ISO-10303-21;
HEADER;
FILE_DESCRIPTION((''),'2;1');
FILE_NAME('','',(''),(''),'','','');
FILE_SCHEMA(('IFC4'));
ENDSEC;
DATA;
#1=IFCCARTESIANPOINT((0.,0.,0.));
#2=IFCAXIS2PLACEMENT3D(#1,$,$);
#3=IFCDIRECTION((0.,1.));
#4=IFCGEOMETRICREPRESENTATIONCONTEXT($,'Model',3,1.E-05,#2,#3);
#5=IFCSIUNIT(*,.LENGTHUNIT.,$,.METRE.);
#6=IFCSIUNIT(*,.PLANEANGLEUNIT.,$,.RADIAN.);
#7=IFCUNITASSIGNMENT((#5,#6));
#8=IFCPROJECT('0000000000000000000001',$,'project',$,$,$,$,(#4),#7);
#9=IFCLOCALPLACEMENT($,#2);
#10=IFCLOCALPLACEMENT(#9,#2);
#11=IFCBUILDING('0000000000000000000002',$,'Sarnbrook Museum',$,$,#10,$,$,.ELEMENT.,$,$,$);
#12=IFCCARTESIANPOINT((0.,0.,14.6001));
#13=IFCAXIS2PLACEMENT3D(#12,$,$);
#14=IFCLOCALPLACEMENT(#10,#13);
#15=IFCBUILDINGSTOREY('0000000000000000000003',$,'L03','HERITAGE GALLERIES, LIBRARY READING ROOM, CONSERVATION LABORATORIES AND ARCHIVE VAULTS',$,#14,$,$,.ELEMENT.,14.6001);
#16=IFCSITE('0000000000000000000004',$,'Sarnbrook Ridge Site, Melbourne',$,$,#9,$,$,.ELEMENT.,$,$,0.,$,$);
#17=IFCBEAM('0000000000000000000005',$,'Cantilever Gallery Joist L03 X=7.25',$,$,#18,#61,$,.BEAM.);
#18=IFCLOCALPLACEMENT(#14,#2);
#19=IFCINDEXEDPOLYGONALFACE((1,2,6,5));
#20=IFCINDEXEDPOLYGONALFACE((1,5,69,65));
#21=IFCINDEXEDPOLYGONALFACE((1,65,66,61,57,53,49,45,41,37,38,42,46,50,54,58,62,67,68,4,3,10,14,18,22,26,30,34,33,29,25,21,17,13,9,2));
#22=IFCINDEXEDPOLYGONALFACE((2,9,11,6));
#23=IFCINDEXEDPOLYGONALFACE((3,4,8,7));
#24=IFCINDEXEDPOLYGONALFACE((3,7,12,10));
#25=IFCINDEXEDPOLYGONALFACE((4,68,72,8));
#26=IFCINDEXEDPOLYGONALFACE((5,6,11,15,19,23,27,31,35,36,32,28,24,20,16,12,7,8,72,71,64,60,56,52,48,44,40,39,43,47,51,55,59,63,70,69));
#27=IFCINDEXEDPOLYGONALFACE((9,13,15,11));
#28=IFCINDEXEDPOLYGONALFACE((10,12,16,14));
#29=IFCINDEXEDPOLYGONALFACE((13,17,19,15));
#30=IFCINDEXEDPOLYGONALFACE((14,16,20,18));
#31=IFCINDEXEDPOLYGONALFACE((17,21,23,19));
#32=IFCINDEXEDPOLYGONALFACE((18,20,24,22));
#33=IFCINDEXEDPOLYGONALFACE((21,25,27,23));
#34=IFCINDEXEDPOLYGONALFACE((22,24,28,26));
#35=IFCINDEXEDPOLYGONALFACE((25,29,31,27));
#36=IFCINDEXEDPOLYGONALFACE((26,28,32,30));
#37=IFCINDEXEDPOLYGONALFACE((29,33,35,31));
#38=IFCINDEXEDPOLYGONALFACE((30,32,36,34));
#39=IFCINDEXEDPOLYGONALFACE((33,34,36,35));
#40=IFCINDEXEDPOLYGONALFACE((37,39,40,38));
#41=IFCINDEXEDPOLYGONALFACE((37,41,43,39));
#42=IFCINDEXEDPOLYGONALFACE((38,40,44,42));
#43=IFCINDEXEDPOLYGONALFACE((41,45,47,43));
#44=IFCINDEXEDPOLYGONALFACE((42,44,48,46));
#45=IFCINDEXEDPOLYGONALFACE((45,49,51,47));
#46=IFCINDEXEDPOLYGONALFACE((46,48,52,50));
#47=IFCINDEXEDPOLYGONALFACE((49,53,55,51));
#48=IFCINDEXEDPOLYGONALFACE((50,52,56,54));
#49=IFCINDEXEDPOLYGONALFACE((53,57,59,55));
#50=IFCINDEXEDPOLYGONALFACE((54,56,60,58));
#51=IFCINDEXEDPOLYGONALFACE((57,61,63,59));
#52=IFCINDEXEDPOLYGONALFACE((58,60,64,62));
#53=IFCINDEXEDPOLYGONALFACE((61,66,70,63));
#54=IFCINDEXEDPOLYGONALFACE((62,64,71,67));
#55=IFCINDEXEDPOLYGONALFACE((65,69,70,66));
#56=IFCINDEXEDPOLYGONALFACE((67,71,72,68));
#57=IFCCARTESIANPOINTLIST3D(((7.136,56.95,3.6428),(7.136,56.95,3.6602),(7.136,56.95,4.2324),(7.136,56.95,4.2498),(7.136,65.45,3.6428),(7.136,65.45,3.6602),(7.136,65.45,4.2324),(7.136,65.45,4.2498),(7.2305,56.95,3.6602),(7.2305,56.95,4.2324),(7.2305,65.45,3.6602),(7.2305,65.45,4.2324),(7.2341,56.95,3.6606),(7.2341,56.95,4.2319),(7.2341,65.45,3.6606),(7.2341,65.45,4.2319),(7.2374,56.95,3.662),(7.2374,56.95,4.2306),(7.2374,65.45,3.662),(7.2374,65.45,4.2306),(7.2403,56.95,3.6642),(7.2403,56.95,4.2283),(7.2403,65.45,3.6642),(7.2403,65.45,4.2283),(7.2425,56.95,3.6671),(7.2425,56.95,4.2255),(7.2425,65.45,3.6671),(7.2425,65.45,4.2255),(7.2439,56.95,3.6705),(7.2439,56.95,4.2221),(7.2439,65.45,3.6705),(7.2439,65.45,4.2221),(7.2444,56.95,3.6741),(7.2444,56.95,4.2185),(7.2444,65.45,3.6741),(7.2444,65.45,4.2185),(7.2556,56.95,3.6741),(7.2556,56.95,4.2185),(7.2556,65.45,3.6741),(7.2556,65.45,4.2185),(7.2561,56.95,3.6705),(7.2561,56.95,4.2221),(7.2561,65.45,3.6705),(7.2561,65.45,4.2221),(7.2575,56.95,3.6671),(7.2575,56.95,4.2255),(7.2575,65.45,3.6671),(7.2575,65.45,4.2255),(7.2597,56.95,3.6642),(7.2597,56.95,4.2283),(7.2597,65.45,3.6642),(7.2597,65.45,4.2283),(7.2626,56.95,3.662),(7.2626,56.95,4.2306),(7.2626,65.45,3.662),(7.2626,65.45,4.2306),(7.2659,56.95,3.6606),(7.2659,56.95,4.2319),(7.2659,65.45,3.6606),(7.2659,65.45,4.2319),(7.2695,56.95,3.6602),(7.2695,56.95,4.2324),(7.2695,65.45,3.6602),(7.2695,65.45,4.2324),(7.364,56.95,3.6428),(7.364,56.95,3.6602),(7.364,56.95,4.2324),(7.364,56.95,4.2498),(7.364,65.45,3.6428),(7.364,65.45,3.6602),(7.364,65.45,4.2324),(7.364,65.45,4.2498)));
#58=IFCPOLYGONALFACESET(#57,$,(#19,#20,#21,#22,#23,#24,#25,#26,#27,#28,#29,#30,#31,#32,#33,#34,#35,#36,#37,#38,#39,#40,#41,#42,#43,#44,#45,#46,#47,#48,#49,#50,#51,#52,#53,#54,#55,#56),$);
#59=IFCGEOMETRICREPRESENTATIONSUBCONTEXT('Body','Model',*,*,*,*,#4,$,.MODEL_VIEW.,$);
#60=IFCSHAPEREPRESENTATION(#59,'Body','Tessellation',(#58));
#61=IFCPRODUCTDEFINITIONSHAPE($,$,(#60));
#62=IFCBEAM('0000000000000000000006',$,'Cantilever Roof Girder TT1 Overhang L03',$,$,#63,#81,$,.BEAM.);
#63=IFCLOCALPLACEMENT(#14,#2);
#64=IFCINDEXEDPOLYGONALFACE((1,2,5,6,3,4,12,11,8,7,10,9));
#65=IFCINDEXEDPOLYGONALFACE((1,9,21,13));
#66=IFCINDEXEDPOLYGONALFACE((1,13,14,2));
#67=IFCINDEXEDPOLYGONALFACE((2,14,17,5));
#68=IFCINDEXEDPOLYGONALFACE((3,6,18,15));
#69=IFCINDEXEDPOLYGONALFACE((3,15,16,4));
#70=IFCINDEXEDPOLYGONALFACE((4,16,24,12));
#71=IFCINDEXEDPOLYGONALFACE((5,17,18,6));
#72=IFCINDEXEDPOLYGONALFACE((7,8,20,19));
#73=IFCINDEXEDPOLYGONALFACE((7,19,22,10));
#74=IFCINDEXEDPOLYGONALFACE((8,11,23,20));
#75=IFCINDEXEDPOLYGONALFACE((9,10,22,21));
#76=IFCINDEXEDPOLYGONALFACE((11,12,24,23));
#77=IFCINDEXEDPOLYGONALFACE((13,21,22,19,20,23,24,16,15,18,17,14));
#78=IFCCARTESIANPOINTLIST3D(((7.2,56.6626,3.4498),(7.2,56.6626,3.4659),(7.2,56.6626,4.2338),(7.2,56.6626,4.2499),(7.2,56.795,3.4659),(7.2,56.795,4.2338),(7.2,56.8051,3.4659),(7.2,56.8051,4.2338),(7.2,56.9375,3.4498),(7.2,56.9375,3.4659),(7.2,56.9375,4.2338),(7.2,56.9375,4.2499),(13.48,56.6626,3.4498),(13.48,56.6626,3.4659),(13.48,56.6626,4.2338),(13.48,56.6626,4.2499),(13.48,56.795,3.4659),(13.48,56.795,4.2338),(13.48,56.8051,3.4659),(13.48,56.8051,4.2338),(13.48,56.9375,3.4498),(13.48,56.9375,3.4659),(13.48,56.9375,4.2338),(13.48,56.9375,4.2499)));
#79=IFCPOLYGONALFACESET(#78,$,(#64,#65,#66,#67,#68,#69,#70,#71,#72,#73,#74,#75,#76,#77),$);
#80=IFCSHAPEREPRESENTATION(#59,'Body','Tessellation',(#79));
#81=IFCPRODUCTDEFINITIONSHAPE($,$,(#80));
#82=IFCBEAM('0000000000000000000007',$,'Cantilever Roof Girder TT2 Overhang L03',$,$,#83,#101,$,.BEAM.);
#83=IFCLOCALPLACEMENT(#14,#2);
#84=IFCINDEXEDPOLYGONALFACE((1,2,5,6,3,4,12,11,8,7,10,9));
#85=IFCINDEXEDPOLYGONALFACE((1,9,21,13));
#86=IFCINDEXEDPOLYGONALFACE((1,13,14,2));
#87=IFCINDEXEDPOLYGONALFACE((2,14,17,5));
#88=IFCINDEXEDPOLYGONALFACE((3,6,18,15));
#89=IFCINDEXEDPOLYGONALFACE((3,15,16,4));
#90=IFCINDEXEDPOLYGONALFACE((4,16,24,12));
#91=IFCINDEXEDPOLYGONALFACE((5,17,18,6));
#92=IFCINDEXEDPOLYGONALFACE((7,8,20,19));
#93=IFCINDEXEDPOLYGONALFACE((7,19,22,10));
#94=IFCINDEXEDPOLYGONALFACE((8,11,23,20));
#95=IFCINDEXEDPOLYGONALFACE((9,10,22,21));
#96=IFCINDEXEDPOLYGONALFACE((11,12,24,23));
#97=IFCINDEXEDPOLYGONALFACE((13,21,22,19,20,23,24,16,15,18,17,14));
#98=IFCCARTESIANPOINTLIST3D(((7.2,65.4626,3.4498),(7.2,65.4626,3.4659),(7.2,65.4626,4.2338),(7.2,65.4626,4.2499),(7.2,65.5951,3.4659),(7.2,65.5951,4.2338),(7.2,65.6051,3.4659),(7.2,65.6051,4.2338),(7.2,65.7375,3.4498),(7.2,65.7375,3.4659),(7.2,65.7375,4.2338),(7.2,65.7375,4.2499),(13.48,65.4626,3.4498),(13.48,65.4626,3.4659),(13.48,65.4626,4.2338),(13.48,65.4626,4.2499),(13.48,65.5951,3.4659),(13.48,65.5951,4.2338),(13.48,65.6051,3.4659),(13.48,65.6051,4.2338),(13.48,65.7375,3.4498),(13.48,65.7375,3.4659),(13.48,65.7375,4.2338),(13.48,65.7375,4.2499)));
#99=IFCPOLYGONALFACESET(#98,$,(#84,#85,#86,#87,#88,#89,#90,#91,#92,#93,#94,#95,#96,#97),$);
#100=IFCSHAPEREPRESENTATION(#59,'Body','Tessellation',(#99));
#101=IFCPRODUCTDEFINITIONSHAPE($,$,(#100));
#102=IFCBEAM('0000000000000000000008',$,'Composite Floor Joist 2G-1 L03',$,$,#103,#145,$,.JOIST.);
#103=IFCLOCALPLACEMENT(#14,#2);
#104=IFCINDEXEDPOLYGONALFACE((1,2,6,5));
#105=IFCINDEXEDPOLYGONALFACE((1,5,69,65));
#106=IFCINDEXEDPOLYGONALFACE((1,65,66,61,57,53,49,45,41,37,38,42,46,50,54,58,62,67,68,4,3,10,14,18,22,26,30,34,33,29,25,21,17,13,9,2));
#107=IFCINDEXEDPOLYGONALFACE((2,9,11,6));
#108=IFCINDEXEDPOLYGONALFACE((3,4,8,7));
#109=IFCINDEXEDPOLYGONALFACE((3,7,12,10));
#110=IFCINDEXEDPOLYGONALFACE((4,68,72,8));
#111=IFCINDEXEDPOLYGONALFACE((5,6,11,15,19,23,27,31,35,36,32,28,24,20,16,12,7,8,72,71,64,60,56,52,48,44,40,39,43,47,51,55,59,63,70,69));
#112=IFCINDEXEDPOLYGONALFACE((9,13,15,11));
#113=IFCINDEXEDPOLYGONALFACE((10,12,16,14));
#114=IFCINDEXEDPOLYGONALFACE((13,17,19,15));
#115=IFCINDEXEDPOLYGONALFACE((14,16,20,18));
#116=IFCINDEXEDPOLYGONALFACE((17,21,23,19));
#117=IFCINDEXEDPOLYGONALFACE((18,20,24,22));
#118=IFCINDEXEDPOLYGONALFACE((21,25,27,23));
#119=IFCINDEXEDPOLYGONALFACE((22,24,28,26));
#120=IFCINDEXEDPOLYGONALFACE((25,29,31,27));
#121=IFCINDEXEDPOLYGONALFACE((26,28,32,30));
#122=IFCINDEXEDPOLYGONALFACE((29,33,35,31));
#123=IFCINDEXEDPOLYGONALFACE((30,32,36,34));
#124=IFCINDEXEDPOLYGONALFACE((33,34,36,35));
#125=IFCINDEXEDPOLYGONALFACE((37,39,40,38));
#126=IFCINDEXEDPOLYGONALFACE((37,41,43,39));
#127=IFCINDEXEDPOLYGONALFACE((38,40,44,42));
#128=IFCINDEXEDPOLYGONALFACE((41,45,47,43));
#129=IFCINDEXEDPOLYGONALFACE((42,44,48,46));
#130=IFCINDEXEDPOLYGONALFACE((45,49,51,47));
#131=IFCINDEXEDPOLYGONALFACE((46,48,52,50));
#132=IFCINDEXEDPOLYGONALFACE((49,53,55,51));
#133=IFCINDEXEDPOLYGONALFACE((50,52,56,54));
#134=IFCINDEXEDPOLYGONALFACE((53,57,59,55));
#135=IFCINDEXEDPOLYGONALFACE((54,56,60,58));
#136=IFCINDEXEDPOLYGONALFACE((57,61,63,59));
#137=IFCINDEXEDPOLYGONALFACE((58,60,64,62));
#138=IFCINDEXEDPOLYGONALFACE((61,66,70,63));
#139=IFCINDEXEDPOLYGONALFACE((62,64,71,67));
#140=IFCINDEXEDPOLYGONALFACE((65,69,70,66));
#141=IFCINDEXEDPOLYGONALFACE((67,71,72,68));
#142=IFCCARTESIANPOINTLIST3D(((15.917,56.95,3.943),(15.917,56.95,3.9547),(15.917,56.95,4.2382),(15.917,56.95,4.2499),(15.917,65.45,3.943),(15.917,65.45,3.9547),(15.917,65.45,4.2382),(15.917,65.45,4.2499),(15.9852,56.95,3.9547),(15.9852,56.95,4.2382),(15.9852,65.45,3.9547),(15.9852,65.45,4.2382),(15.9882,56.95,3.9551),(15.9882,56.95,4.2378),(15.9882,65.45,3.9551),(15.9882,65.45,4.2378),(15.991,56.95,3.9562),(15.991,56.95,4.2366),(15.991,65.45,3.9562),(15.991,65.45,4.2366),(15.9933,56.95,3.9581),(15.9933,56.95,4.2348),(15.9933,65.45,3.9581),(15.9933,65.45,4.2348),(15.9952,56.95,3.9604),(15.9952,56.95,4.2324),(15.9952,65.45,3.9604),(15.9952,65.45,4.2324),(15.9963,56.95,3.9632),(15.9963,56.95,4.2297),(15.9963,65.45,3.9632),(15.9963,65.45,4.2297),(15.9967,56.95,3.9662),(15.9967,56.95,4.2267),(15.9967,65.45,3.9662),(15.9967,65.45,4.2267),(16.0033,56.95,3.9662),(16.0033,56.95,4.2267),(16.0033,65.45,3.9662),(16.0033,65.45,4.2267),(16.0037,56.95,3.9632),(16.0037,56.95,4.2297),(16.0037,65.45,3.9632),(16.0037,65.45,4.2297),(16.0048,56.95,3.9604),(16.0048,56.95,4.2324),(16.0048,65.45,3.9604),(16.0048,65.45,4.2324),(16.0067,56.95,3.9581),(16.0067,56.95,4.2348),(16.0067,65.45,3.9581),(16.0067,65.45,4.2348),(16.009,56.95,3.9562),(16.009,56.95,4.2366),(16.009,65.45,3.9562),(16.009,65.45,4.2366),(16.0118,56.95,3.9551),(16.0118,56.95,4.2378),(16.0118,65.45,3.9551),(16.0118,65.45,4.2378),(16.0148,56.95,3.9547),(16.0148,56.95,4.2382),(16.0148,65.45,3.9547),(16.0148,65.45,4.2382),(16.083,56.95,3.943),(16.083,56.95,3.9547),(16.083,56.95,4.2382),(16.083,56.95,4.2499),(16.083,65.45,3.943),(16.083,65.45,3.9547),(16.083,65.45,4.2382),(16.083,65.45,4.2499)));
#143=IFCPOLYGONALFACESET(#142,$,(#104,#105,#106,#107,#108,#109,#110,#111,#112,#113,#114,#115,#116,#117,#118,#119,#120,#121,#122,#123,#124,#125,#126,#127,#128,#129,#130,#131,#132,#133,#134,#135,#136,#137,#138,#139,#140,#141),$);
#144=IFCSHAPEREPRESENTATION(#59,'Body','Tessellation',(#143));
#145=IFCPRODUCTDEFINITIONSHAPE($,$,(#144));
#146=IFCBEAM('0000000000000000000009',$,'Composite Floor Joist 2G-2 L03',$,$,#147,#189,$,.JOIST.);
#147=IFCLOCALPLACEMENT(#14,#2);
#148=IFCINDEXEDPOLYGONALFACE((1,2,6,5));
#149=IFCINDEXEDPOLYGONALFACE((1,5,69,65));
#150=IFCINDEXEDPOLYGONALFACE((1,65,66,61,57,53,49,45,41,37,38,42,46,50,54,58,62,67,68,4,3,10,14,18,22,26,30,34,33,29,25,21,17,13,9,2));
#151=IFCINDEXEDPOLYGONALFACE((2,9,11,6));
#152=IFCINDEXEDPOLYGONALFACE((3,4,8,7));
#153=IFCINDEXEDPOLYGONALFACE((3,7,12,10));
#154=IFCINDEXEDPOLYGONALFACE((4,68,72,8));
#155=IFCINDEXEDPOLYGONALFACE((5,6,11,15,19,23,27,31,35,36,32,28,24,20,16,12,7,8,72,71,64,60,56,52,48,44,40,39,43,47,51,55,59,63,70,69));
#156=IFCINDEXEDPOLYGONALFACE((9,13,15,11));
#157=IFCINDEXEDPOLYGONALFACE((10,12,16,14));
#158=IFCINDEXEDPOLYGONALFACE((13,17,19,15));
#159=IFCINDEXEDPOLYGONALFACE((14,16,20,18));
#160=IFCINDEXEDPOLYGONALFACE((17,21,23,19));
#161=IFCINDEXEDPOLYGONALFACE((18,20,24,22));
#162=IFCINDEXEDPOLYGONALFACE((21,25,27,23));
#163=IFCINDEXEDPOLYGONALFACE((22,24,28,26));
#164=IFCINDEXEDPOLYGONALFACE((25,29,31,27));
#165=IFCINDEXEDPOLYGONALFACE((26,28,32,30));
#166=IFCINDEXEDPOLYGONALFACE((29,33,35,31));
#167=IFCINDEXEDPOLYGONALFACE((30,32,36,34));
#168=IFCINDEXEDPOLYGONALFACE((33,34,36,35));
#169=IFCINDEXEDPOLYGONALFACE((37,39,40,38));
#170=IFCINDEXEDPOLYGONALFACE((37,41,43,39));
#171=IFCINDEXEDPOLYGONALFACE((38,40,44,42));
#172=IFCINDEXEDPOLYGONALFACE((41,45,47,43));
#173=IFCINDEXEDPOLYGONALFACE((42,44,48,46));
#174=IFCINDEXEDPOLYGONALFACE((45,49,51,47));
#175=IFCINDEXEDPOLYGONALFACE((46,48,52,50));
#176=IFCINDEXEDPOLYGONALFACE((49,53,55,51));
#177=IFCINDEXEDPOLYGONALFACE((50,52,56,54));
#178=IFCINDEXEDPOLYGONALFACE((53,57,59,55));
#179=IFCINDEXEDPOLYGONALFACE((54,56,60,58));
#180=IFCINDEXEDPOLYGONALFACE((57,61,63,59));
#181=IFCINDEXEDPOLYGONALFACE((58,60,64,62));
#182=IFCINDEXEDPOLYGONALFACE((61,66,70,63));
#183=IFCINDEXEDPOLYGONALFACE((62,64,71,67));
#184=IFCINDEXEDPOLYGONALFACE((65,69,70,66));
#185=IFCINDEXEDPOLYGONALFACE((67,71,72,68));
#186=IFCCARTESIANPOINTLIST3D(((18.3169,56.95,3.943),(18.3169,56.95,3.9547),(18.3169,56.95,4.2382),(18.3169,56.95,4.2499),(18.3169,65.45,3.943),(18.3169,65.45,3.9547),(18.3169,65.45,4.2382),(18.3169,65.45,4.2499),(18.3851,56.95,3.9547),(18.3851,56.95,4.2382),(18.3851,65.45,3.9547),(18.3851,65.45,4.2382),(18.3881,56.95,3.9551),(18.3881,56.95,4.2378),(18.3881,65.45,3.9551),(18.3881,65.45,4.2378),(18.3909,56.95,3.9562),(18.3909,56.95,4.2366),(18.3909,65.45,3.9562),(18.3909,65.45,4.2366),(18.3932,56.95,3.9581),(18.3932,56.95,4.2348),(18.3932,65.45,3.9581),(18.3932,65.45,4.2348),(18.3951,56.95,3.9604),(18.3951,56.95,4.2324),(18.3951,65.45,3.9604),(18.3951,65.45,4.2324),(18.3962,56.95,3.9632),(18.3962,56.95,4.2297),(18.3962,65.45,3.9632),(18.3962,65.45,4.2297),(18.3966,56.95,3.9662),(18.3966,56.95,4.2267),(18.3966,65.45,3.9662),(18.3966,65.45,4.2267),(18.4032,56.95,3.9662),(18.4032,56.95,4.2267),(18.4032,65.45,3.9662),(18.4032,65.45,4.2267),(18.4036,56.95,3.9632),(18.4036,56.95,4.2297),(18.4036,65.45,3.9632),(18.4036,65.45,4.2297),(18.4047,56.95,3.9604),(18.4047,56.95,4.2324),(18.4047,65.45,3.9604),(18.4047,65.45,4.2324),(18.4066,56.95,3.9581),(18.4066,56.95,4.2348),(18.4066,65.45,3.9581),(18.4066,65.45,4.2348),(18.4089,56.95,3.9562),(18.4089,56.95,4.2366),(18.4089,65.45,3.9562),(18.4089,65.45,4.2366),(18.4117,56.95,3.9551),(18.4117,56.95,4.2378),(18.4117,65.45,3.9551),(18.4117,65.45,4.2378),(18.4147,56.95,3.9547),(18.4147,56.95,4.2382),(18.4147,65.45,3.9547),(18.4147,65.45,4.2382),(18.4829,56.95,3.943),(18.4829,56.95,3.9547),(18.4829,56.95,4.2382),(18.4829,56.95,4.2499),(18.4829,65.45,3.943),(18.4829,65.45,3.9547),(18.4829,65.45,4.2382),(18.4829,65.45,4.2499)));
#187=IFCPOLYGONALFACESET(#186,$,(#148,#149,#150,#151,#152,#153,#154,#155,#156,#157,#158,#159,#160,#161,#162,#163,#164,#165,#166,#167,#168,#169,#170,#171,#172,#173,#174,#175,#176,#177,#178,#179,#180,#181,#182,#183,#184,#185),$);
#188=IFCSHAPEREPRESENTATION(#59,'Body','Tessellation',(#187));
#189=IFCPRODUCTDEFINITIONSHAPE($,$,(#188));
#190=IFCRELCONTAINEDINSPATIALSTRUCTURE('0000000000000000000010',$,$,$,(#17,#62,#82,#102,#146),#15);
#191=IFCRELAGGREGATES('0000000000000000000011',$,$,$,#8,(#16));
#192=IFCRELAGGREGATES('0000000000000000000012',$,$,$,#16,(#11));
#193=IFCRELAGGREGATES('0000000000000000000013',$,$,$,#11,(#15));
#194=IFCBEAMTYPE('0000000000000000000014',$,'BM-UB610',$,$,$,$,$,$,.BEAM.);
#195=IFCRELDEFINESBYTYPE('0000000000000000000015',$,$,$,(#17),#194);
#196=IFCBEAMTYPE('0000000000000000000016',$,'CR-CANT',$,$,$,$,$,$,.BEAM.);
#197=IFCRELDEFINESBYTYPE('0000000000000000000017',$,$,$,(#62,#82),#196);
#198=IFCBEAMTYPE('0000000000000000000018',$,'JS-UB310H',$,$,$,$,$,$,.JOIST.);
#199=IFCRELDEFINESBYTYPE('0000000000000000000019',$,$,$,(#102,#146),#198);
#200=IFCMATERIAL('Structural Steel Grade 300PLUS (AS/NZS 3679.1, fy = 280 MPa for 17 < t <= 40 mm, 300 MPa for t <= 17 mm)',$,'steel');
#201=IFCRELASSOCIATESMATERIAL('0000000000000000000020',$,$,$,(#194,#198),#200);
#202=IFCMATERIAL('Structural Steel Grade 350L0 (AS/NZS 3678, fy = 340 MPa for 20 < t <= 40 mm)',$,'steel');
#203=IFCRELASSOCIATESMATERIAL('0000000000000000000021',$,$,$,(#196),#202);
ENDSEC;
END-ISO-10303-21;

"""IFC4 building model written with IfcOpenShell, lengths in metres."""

from ifc_helpers import new_model, si_unit, direction, frame, origin, origin_2d, place, context, subcontext, project, spatial, i_section, extrude, material, material_profile, profile_set, type_object, element, save


model = new_model("IFC4")

# Units and contexts
model_context = context("Model", 3, precision=1e-05, world=origin(), true_north=direction((0.0, 1.0)))
body_context = subcontext(model_context, "Body", "Model", "MODEL_VIEW")
ifc_project = project(units=[si_unit("LENGTHUNIT", "METRE"), si_unit("PLANEANGLEUNIT", "RADIAN")], contexts=[model_context])

# Site, building, storey
site_placement = place(None, origin())
site = spatial("IfcSite", under=ifc_project, at=site_placement, Name="Sarnbrook Ridge Site, Melbourne", CompositionType="ELEMENT", RefElevation=0.0)
building_placement = place(site_placement, origin())
building = spatial("IfcBuilding", under=site, at=building_placement, Name="Sarnbrook Museum", CompositionType="ELEMENT")
storey_placement = place(building_placement, frame((0.0, 0.0, 14.6001)))
storey = spatial("IfcBuildingStorey", under=building, at=storey_placement, Name="L03", Description="HERITAGE GALLERIES, LIBRARY READING ROOM, CONSERVATION LABORATORIES AND ARCHIVE VAULTS", CompositionType="ELEMENT", Elevation=14.6001)

# Shared definitions
ifc_material_1 = material(Name="Structural Steel Grade 300PLUS (AS/NZS 3679.1, fy = 280 MPa for 17 < t <= 40 mm, 300 MPa for t <= 17 mm)", Category="steel")

# Beams
ifc_material_profile_1 = material_profile(ifc_material_1, i_section(OverallWidth=0.228, OverallDepth=0.6069, WebThickness=0.0112, FlangeThickness=0.0173, FilletRadius=0.0139, at=origin_2d()), Name="610UB113")
ifc_profile_set_1 = profile_set([ifc_material_profile_1], Name="Structural Steel Grade 300PLUS (AS/NZS 3679.1, fy = 280 MPa for 17 < t <= 40 mm, 300 MPa for t <= 17 mm)")
beam_type_1 = type_object("IfcBeamType", Name="BM-UB610", PredefinedType="BEAM", material=ifc_profile_set_1)
beam_placement = place(storey_placement, frame((7.25, 56.95, 3.9463), z_axis=(0.0, 1.0, 0.0), x_axis=(-1.0, 0.0, 0.0)))
element("IfcBeam", 1, at=beam_placement, inside=storey, type_object=beam_type_1, Name="Cantilever Gallery Joist L03 X=7.25", PredefinedType="BEAM", context=body_context, shape_type="SweptSolid", body=[
    extrude(i_section(OverallWidth=0.228, OverallDepth=0.6069, WebThickness=0.0112, FlangeThickness=0.0173, FilletRadius=0.0139, at=origin_2d()), origin(), (0.0, 0.0, 1.0), 8.5),
])
ifc_material_2 = material(Name="Structural Steel Grade 350L0 (AS/NZS 3678, fy = 340 MPa for 20 < t <= 40 mm)", Category="steel")
ifc_material_profile_2 = material_profile(ifc_material_2, i_section(OverallWidth=0.2749, OverallDepth=0.8, WebThickness=0.01, FlangeThickness=0.0161, at=origin_2d()), Name="800WB146")
ifc_profile_set_2 = profile_set([ifc_material_profile_2], Name="Structural Steel Grade 350L0 (AS/NZS 3678, fy = 340 MPa for 20 < t <= 40 mm)")
beam_type_2 = type_object("IfcBeamType", Name="CR-CANT", PredefinedType="BEAM", material=ifc_profile_set_2)
for number, where, z_axis, x_axis, name in (
    (2, (13.48, 56.8, 3.8499), (-1.0, 0.0, 0.0), (0.0, -1.0, 0.0), "Cantilever Roof Girder TT1 Overhang L03"),
    (3, (13.48, 65.6001, 3.8499), (-1.0, 0.0, 0.0), (0.0, -1.0, 0.0), "Cantilever Roof Girder TT2 Overhang L03"),
):
    element("IfcBeam", number, at=place(storey_placement, frame(where, z_axis=z_axis, x_axis=x_axis)), inside=storey, type_object=beam_type_2, Name=name, PredefinedType="BEAM", context=body_context, shape_type="SweptSolid", body=[
        extrude(i_section(OverallWidth=0.2749, OverallDepth=0.8, WebThickness=0.01, FlangeThickness=0.0161, at=origin_2d()), origin(), (0.0, 0.0, 1.0), 6.28),
    ])
ifc_material_profile_3 = material_profile(ifc_material_1, i_section(OverallWidth=0.166, OverallDepth=0.3069, WebThickness=0.0066, FlangeThickness=0.0117, FilletRadius=0.0115, at=origin_2d()), Name="310UB46.2")
ifc_profile_set_3 = profile_set([ifc_material_profile_3], Name="Structural Steel Grade 300PLUS (AS/NZS 3679.1, fy = 280 MPa for 17 < t <= 40 mm, 300 MPa for t <= 17 mm)")
beam_type_3 = type_object("IfcBeamType", Name="JS-UB310H", PredefinedType="JOIST", material=ifc_profile_set_3)
for number, where, z_axis, x_axis, name in (
    (4, (16.0, 56.95, 4.0964), (0.0, 1.0, 0.0), (-1.0, 0.0, 0.0), "Composite Floor Joist 2G-1 L03"),
    (5, (18.3999, 56.95, 4.0964), (0.0, 1.0, 0.0), (-1.0, 0.0, 0.0), "Composite Floor Joist 2G-2 L03"),
):
    element("IfcBeam", number, at=place(storey_placement, frame(where, z_axis=z_axis, x_axis=x_axis)), inside=storey, type_object=beam_type_3, Name=name, PredefinedType="JOIST", context=body_context, shape_type="SweptSolid", body=[
        extrude(i_section(OverallWidth=0.166, OverallDepth=0.3069, WebThickness=0.0066, FlangeThickness=0.0117, FilletRadius=0.0115, at=origin_2d()), origin(), (0.0, 0.0, 1.0), 8.5),
    ])

save(model, "model.ifc")
